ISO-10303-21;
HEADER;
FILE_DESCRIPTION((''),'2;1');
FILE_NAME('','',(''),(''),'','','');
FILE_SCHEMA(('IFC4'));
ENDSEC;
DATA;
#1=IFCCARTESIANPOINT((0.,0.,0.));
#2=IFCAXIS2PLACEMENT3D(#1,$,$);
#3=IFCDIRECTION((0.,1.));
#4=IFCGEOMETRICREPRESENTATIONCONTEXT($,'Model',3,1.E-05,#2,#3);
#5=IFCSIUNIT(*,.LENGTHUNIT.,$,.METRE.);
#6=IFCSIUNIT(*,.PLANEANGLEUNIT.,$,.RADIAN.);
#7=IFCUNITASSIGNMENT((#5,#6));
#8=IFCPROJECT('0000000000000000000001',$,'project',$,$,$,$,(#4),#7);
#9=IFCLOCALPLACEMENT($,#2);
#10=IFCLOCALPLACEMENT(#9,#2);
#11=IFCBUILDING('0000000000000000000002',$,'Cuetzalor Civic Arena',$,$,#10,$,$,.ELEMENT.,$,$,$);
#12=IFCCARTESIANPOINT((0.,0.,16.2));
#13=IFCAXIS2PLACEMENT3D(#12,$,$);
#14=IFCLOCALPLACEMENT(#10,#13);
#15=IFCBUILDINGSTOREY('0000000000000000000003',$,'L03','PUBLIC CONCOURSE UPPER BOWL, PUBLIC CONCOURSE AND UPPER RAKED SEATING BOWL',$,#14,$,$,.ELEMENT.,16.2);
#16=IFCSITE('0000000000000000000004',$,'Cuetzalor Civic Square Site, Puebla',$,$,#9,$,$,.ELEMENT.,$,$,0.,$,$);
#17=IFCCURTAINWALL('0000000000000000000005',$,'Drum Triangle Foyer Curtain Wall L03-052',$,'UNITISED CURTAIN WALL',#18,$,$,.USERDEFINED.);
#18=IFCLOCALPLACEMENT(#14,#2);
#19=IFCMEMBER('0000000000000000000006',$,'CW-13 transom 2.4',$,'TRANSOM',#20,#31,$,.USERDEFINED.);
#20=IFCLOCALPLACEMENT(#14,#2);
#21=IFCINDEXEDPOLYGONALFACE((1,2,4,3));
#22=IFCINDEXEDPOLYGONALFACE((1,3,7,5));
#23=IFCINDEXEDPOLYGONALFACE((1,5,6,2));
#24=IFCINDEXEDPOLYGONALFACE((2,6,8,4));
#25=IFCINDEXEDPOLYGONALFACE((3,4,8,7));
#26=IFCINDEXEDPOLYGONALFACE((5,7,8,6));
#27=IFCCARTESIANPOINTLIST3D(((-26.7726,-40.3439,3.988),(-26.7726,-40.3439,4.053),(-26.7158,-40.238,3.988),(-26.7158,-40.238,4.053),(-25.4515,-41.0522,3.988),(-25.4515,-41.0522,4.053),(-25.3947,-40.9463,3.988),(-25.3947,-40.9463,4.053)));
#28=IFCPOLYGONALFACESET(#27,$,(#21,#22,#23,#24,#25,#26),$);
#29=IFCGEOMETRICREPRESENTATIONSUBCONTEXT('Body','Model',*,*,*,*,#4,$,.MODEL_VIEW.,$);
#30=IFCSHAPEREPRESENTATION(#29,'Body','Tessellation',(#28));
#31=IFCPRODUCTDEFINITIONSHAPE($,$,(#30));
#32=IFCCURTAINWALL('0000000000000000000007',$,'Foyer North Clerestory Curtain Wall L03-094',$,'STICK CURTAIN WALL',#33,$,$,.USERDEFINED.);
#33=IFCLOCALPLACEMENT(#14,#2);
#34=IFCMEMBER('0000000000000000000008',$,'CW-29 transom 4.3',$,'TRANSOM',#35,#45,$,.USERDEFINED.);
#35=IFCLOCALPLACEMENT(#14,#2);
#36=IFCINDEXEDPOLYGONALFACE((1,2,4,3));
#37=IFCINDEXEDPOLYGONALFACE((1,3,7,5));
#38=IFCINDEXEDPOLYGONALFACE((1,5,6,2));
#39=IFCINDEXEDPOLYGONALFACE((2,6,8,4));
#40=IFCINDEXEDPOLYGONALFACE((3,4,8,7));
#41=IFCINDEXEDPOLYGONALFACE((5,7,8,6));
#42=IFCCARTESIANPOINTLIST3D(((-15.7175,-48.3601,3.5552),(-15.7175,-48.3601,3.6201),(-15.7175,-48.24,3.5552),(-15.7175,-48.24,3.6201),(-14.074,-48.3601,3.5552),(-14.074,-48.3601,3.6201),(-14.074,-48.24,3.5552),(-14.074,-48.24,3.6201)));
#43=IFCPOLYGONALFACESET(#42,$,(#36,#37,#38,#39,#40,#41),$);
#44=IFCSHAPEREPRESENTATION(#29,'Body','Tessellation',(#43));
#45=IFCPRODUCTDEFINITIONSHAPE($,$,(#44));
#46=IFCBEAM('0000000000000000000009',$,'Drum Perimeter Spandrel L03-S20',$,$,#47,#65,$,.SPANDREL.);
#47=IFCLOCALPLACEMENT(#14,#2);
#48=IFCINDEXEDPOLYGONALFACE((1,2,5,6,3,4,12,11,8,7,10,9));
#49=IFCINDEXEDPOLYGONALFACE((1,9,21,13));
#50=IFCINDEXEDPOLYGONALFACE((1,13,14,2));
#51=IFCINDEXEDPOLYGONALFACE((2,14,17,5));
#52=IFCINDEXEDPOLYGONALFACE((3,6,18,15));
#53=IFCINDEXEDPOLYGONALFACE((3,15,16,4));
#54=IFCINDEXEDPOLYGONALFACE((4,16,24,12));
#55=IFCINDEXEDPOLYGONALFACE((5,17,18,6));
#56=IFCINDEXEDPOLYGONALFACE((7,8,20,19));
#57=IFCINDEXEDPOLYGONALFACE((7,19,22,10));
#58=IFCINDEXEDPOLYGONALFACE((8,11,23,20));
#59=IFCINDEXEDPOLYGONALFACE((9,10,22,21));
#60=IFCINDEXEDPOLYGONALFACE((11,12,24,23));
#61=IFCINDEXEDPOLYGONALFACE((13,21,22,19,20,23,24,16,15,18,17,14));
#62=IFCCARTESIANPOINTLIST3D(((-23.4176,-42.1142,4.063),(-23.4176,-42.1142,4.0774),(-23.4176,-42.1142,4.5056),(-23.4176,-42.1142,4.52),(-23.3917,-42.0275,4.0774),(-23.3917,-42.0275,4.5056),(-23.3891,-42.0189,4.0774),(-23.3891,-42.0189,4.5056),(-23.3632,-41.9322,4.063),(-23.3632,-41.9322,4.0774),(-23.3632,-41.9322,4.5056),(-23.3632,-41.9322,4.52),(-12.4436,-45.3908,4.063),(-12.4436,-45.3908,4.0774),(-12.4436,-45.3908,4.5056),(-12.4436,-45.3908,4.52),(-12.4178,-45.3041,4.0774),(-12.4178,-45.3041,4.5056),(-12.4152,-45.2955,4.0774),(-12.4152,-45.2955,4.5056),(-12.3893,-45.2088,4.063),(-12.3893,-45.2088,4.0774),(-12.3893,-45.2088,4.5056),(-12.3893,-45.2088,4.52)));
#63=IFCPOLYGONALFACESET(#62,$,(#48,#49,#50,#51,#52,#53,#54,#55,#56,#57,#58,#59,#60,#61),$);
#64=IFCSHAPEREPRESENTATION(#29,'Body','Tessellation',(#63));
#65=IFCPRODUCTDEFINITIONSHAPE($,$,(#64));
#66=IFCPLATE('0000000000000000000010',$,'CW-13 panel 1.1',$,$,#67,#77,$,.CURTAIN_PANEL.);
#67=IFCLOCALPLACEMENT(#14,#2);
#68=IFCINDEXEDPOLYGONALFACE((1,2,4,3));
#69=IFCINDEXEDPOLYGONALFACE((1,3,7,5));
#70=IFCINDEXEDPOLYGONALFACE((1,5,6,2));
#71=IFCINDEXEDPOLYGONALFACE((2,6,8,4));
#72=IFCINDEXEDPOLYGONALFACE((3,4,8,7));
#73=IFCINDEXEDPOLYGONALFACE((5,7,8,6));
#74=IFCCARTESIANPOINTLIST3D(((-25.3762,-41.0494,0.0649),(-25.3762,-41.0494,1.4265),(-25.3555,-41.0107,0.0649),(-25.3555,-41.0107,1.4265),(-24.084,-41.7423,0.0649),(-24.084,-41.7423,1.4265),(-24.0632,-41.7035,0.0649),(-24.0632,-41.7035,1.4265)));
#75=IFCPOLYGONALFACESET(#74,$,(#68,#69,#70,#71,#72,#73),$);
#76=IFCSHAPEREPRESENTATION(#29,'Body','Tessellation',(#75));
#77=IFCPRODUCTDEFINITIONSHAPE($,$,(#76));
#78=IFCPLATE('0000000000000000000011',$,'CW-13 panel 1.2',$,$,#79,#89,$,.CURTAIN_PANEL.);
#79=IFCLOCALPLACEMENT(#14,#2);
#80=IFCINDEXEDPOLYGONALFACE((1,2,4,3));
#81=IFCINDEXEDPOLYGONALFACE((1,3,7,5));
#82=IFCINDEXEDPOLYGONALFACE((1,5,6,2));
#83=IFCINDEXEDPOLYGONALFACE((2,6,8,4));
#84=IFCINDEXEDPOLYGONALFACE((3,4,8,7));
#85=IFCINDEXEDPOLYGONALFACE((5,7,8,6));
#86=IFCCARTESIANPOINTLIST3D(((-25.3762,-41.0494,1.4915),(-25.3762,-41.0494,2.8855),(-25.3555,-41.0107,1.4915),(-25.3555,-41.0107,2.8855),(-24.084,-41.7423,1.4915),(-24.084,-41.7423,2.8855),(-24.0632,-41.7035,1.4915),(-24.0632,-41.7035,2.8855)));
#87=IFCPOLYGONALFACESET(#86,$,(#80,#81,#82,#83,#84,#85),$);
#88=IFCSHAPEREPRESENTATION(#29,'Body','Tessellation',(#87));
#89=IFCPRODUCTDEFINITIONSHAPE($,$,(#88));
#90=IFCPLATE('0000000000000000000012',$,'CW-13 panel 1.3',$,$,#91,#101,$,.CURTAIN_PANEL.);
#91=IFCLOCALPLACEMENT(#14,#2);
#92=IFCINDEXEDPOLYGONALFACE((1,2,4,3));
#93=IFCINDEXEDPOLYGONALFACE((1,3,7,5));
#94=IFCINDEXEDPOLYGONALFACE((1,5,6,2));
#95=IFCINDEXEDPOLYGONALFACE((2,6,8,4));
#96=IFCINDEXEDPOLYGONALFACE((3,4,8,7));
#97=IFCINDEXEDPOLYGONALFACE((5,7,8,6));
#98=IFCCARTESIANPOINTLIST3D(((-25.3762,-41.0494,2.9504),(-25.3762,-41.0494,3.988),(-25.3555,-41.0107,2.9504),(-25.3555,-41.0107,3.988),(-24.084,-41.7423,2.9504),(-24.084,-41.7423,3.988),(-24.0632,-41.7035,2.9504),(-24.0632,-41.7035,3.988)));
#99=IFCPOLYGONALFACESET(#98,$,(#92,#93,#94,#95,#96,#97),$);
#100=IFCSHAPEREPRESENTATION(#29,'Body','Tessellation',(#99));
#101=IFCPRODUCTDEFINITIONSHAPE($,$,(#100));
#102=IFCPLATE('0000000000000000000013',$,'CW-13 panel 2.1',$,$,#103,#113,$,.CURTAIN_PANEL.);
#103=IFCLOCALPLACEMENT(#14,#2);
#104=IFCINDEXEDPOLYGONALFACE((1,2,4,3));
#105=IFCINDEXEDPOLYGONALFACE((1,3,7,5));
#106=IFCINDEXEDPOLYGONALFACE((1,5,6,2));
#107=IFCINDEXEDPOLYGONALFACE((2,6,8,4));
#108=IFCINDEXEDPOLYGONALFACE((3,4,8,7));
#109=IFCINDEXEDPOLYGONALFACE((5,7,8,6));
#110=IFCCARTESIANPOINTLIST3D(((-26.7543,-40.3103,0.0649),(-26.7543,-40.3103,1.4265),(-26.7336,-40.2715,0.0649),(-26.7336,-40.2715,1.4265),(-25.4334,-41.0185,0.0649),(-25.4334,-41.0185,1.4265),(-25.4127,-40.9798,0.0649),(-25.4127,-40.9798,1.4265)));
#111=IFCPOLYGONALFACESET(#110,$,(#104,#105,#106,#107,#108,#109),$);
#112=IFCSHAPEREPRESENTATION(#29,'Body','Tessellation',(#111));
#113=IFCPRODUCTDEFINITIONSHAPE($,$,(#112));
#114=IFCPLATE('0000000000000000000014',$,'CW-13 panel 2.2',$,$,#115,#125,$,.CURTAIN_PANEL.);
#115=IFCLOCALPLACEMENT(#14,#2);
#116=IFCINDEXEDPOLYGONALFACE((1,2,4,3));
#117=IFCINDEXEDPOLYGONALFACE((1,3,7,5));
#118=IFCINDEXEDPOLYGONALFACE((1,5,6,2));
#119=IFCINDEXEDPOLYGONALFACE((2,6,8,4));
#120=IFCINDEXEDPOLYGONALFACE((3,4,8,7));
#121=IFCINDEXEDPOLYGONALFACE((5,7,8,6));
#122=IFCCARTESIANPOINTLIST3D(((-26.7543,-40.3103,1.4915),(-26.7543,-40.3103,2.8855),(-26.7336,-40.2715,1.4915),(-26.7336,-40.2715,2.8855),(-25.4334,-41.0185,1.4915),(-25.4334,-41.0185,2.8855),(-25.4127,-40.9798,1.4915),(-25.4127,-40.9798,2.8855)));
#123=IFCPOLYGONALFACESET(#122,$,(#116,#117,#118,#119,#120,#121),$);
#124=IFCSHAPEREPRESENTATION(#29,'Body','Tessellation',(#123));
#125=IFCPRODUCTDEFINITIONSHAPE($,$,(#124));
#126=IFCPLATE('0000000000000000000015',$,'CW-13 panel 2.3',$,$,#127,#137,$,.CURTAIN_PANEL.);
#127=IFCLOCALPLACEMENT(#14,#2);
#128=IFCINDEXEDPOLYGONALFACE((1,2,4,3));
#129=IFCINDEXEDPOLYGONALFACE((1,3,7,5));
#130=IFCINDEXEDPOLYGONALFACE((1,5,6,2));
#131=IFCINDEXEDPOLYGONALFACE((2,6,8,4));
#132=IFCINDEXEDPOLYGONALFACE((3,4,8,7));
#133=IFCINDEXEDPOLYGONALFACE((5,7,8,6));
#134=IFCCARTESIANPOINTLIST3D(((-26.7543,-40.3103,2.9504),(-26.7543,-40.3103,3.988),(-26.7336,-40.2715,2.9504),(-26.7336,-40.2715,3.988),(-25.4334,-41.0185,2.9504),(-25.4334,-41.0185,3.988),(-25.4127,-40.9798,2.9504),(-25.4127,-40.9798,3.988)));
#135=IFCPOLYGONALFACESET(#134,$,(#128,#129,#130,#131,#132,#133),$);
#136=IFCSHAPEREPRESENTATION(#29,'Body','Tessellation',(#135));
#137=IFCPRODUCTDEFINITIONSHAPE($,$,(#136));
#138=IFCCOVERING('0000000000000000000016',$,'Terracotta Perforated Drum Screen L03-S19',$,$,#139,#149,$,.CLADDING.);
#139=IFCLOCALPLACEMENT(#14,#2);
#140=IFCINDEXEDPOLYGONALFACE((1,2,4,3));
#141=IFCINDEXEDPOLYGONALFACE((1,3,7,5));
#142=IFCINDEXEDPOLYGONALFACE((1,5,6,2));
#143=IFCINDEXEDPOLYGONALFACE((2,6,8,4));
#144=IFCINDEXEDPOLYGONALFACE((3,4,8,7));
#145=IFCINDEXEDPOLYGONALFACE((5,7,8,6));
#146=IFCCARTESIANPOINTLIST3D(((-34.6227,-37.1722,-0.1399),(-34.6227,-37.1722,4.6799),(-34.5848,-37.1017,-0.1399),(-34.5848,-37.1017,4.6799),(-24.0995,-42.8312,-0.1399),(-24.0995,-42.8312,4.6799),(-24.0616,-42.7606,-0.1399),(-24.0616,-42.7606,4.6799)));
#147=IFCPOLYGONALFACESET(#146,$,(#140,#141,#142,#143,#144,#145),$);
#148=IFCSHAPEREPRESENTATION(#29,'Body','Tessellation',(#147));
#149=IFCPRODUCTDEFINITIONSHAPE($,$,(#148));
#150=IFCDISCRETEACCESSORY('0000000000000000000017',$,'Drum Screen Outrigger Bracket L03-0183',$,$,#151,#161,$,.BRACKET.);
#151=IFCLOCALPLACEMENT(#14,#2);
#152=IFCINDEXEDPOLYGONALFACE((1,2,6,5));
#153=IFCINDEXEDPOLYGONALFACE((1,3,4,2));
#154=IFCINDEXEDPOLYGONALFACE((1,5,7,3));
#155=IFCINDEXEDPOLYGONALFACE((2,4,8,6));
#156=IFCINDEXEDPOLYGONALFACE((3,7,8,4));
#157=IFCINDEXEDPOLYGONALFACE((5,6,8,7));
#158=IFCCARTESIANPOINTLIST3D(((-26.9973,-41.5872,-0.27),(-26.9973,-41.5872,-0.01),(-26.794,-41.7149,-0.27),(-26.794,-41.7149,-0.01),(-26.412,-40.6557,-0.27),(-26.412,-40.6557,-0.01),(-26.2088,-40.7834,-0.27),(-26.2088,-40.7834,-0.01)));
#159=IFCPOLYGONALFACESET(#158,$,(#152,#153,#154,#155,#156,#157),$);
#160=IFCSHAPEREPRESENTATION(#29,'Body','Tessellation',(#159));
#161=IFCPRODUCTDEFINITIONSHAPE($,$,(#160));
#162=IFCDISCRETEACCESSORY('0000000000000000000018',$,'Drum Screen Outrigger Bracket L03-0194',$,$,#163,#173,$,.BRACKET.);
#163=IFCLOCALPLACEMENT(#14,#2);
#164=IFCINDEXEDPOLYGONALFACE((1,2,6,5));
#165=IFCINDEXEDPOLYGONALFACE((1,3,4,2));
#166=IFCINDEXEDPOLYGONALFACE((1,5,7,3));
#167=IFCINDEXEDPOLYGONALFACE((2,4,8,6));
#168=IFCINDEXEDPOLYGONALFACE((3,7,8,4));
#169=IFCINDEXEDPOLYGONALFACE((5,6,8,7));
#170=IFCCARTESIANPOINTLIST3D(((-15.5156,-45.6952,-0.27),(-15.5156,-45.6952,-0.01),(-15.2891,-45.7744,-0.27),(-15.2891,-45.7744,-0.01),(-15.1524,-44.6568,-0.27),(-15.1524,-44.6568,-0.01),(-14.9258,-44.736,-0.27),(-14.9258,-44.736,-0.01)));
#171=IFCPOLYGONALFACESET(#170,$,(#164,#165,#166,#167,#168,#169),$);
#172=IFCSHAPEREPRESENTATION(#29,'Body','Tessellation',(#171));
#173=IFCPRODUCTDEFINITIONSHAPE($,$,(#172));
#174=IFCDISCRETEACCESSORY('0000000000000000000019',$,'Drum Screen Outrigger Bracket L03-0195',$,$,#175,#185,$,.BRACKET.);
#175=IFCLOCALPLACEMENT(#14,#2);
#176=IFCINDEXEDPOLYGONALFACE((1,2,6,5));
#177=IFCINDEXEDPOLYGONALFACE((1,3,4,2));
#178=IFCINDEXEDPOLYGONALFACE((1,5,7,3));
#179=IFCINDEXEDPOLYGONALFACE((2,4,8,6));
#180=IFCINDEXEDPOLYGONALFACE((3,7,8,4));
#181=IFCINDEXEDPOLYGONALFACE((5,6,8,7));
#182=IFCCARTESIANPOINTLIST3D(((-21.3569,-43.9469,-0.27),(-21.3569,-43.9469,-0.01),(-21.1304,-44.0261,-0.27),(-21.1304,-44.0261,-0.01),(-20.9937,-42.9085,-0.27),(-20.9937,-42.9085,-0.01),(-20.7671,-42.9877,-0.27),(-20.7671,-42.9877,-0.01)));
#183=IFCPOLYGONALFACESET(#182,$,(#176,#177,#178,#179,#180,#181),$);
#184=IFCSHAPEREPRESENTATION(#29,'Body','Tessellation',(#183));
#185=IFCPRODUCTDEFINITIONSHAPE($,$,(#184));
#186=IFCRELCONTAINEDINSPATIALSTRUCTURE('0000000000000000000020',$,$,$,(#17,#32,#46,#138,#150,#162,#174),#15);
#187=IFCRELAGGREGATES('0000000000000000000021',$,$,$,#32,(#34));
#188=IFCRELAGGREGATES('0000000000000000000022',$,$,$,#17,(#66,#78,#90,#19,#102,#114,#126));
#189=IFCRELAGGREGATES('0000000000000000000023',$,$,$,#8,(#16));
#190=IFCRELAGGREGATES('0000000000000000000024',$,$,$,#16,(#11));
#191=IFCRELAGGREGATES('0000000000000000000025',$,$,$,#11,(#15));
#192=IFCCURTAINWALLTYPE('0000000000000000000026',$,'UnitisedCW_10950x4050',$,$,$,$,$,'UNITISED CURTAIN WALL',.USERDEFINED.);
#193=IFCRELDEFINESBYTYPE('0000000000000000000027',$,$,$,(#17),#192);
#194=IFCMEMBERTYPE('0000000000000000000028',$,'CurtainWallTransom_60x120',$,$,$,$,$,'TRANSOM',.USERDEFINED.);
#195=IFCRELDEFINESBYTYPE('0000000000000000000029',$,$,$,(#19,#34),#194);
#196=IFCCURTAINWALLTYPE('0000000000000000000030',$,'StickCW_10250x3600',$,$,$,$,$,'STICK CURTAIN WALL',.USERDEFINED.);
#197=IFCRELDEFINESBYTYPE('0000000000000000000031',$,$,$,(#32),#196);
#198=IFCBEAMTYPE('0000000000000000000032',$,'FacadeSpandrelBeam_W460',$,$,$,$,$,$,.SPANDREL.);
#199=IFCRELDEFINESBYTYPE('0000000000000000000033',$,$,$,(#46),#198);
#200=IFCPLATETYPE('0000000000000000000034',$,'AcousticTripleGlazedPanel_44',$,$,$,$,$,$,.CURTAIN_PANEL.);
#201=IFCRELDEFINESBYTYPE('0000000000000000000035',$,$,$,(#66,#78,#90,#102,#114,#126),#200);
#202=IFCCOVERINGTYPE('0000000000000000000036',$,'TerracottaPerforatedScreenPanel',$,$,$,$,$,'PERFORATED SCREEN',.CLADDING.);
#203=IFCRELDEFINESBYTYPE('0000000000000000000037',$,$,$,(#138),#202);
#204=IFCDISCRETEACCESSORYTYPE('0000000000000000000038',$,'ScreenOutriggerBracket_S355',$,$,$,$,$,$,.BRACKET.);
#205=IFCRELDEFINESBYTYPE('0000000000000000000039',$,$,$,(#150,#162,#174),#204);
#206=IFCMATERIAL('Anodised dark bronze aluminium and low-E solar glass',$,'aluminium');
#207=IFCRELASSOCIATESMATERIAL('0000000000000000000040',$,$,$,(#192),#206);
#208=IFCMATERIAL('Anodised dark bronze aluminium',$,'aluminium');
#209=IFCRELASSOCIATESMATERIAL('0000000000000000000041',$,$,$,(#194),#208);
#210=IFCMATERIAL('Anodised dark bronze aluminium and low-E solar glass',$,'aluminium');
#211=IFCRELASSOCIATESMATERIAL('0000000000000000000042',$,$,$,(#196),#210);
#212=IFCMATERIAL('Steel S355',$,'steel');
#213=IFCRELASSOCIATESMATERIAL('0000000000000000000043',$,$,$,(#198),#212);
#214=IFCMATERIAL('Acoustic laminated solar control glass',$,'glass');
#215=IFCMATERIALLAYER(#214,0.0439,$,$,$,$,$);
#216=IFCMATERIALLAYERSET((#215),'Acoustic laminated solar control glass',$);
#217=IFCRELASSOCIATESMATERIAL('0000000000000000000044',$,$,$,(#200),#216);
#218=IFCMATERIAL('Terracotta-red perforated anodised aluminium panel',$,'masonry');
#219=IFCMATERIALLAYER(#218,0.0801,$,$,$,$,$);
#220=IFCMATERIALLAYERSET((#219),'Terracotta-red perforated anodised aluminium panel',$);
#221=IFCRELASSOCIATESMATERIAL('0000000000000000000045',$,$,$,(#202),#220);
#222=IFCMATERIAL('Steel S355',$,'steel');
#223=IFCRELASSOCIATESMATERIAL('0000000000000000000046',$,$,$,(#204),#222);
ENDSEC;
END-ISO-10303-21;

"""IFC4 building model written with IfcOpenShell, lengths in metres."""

from ifc_helpers import new_model, si_unit, direction, frame, frame_2d, origin, origin_2d, place, context, subcontext, project, spatial, rectangle, i_section, extrude, material, layer, layer_set, material_profile, profile_set, type_object, element, aggregate, save


model = new_model("IFC4")

# Units and contexts
model_context = context("Model", 3, precision=1e-05, world=origin(), true_north=direction((0.0, 1.0)))
body_context = subcontext(model_context, "Body", "Model", "MODEL_VIEW")
ifc_project = project(units=[si_unit("LENGTHUNIT", "METRE"), si_unit("PLANEANGLEUNIT", "RADIAN")], contexts=[model_context])

# Site, building, storey
site_placement = place(None, origin())
site = spatial("IfcSite", under=ifc_project, at=site_placement, Name="Cuetzalor Civic Square Site, Puebla", CompositionType="ELEMENT", RefElevation=0.0)
building_placement = place(site_placement, origin())
building = spatial("IfcBuilding", under=site, at=building_placement, Name="Cuetzalor Civic Arena", CompositionType="ELEMENT")
storey_placement = place(building_placement, frame((0.0, 0.0, 16.2)))
storey = spatial("IfcBuildingStorey", under=building, at=storey_placement, Name="L03", Description="PUBLIC CONCOURSE UPPER BOWL, PUBLIC CONCOURSE AND UPPER RAKED SEATING BOWL", CompositionType="ELEMENT", Elevation=16.2)

# Curtain wall, member
ifc_material_1 = material(Name="Anodised dark bronze aluminium and low-E solar glass", Category="aluminium")
curtain_wall_type_1 = type_object("IfcCurtainWallType", Name="UnitisedCW_10950x4050", ElementType="UNITISED CURTAIN WALL", PredefinedType="USERDEFINED", material=ifc_material_1)
curtain_wall_1_placement = place(storey_placement, origin())
curtain_wall_1 = element("IfcCurtainWall", 1, at=curtain_wall_1_placement, inside=storey, type_object=curtain_wall_type_1, Name="Drum Triangle Foyer Curtain Wall L03-052", ObjectType="UNITISED CURTAIN WALL", PredefinedType="USERDEFINED")
ifc_material_2 = material(Name="Anodised dark bronze aluminium", Category="aluminium")
ifc_material_profile_1 = material_profile(ifc_material_2, rectangle(XDim=0.1201, YDim=0.0649, at=origin_2d()), Name="ALU TRANSOM 65x120")
ifc_profile_set_1 = profile_set([ifc_material_profile_1], Name="Anodised dark bronze aluminium")
member_type_1 = type_object("IfcMemberType", Name="CurtainWallTransom_60x120", ElementType="TRANSOM", PredefinedType="USERDEFINED", material=ifc_profile_set_1)
member_1_placement = place(storey_placement, frame((-25.4231, -40.9993, 4.0205), z_axis=(-0.881327, 0.472506, 0.0), x_axis=(-0.472506, -0.881327, 0.0)))
member_1 = element("IfcMember", 2, at=member_1_placement, type_object=member_type_1, Name="CW-13 transom 2.4", ObjectType="TRANSOM", PredefinedType="USERDEFINED", context=body_context, shape_type="SweptSolid", body=[
    extrude(rectangle(XDim=0.1201, YDim=0.0649, at=origin_2d()), origin(), (0.0, 0.0, 1.0), 1.499),
])

# Curtain wall, member
ifc_material_3 = material(Name="Anodised dark bronze aluminium and low-E solar glass", Category="aluminium")
curtain_wall_type_2 = type_object("IfcCurtainWallType", Name="StickCW_10250x3600", ElementType="STICK CURTAIN WALL", PredefinedType="USERDEFINED", material=ifc_material_3)
curtain_wall_2_placement = place(storey_placement, origin())
curtain_wall_2 = element("IfcCurtainWall", 3, at=curtain_wall_2_placement, inside=storey, type_object=curtain_wall_type_2, Name="Foyer North Clerestory Curtain Wall L03-094", ObjectType="STICK CURTAIN WALL", PredefinedType="USERDEFINED")
member_2_placement = place(storey_placement, frame((-15.7175, -48.3, 3.5876), z_axis=(1.0, 0.0, 0.0), x_axis=(0.0, 1.0, 0.0)))
member_2 = element("IfcMember", 4, at=member_2_placement, type_object=member_type_1, Name="CW-29 transom 4.3", ObjectType="TRANSOM", PredefinedType="USERDEFINED", context=body_context, shape_type="SweptSolid", body=[
    extrude(rectangle(XDim=0.1201, YDim=0.0649, at=origin_2d()), origin(), (0.0, 0.0, 1.0), 1.6436),
])
aggregate(curtain_wall_2, [member_2])

# Beam
ifc_material_4 = material(Name="Steel S355", Category="steel")
ifc_material_profile_2 = material_profile(ifc_material_4, i_section(OverallWidth=0.1899, OverallDepth=0.457, WebThickness=0.009, FlangeThickness=0.0144, at=origin_2d()), Name="W460x74")
ifc_profile_set_2 = profile_set([ifc_material_profile_2], Name="Steel S355")
beam_type = type_object("IfcBeamType", Name="FacadeSpandrelBeam_W460", PredefinedType="SPANDREL", material=ifc_profile_set_2)
beam_placement = place(storey_placement, frame((-23.3904, -42.0232, 4.2915), z_axis=(0.958199, -0.286102, 0.0), x_axis=(0.286102, 0.958199, 0.0)))
element("IfcBeam", 5, at=beam_placement, inside=storey, type_object=beam_type, Name="Drum Perimeter Spandrel L03-S20", PredefinedType="SPANDREL", context=body_context, shape_type="SweptSolid", body=[
    extrude(i_section(OverallWidth=0.1899, OverallDepth=0.457, WebThickness=0.009, FlangeThickness=0.0144, at=origin_2d()), origin(), (0.0, 0.0, 1.0), 11.4526),
])

# Plates
ifc_material_5 = material(Name="Acoustic laminated solar control glass", Category="glass")
ifc_layer_1 = layer(ifc_material_5, 0.0439)
ifc_layer_set_1 = layer_set([ifc_layer_1], Name="Acoustic laminated solar control glass")
plate_type = type_object("IfcPlateType", Name="AcousticTripleGlazedPanel_44", PredefinedType="CURTAIN_PANEL", material=ifc_layer_set_1)
plate_1_placement = place(storey_placement, frame((-24.7197, -41.3765, 0.0649), z_axis=(0.0, 0.0, 1.0), x_axis=(-0.881306, 0.472545, 0.0)))
plate_1 = element("IfcPlate", 6, at=plate_1_placement, type_object=plate_type, Name="CW-13 panel 1.1", PredefinedType="CURTAIN_PANEL", context=body_context, shape_type="SweptSolid", body=[
    extrude(rectangle(XDim=1.4663, YDim=0.0439, at=origin_2d()), origin(), (0.0, 0.0, 1.0), 1.3616),
])
plate_2_placement = place(storey_placement, frame((-24.7197, -41.3765, 1.4915), z_axis=(0.0, 0.0, 1.0), x_axis=(-0.881306, 0.472545, 0.0)))
plate_2 = element("IfcPlate", 7, at=plate_2_placement, type_object=plate_type, Name="CW-13 panel 1.2", PredefinedType="CURTAIN_PANEL", context=body_context, shape_type="SweptSolid", body=[
    extrude(rectangle(XDim=1.4663, YDim=0.0439, at=origin_2d()), origin(), (0.0, 0.0, 1.0), 1.394),
])
plate_3_placement = place(storey_placement, frame((-24.7197, -41.3765, 2.9504), z_axis=(0.0, 0.0, 1.0), x_axis=(-0.881306, 0.472545, 0.0)))
plate_3 = element("IfcPlate", 8, at=plate_3_placement, type_object=plate_type, Name="CW-13 panel 1.3", PredefinedType="CURTAIN_PANEL", context=body_context, shape_type="SweptSolid", body=[
    extrude(rectangle(XDim=1.4663, YDim=0.0439, at=origin_2d()), origin(), (0.0, 0.0, 1.0), 1.0376),
])
plate_4_placement = place(storey_placement, frame((-26.0835, -40.645, 0.0649), z_axis=(0.0, 0.0, 1.0), x_axis=(-0.881306, 0.472545, 0.0)))
plate_4 = element("IfcPlate", 9, at=plate_4_placement, type_object=plate_type, Name="CW-13 panel 2.1", PredefinedType="CURTAIN_PANEL", context=body_context, shape_type="SweptSolid", body=[
    extrude(rectangle(XDim=1.4988, YDim=0.0439, at=origin_2d()), origin(), (0.0, 0.0, 1.0), 1.3616),
])
plate_5_placement = place(storey_placement, frame((-26.0835, -40.645, 1.4915), z_axis=(0.0, 0.0, 1.0), x_axis=(-0.881306, 0.472545, 0.0)))
plate_5 = element("IfcPlate", 10, at=plate_5_placement, type_object=plate_type, Name="CW-13 panel 2.2", PredefinedType="CURTAIN_PANEL", context=body_context, shape_type="SweptSolid", body=[
    extrude(rectangle(XDim=1.4988, YDim=0.0439, at=origin_2d()), origin(), (0.0, 0.0, 1.0), 1.394),
])
plate_6_placement = place(storey_placement, frame((-26.0835, -40.645, 2.9504), z_axis=(0.0, 0.0, 1.0), x_axis=(-0.881306, 0.472545, 0.0)))
plate_6 = element("IfcPlate", 11, at=plate_6_placement, type_object=plate_type, Name="CW-13 panel 2.3", PredefinedType="CURTAIN_PANEL", context=body_context, shape_type="SweptSolid", body=[
    extrude(rectangle(XDim=1.4988, YDim=0.0439, at=origin_2d()), origin(), (0.0, 0.0, 1.0), 1.0376),
])
aggregate(curtain_wall_1, [plate_1, plate_2, plate_3, member_1, plate_4, plate_5, plate_6])

# Covering
ifc_material_6 = material(Name="Terracotta-red perforated anodised aluminium panel", Category="masonry")
ifc_layer_2 = layer(ifc_material_6, 0.0801)
ifc_layer_set_2 = layer_set([ifc_layer_2], Name="Terracotta-red perforated anodised aluminium panel")
covering_type = type_object("IfcCoveringType", Name="TerracottaPerforatedScreenPanel", ElementType="PERFORATED SCREEN", PredefinedType="CLADDING", material=ifc_layer_set_2)
covering_placement = place(storey_placement, frame((-24.0806, -42.7959, -0.1399), z_axis=(0.0, 0.0, 1.0), x_axis=(-0.880729, 0.47362, 0.0)))
element("IfcCovering", 12, at=covering_placement, inside=storey, type_object=covering_type, Name="Terracotta Perforated Drum Screen L03-S19", PredefinedType="CLADDING", context=body_context, shape_type="SweptSolid", body=[
    extrude(rectangle(XDim=11.9482, YDim=0.0801, at=frame_2d((5.9741, 0.0))), origin(), (0.0, 0.0, 1.0), 4.8198),
])

# Discrete accessories
ifc_material_7 = material(Name="Steel S355", Category="steel")
discrete_accessory_type = type_object("IfcDiscreteAccessoryType", Name="ScreenOutriggerBracket_S355", PredefinedType="BRACKET", material=ifc_material_7)
for number, where, z_axis, x_axis, name in (
    (13, (-26.603, -41.1853, -0.27), (0.0, 0.0, 1.0), (-0.53199, -0.846751, 0.0), "Drum Screen Outrigger Bracket L03-0183"),
    (14, (-15.2207, -45.2156, -0.27), (0.0, 0.0, 1.0), (-0.330185, -0.943916, 0.0), "Drum Screen Outrigger Bracket L03-0194"),
    (15, (-21.062, -43.4673, -0.27), (0.0, 0.0, 1.0), (-0.330185, -0.943916, 0.0), "Drum Screen Outrigger Bracket L03-0195"),
):
    element("IfcDiscreteAccessory", number, at=place(storey_placement, frame(where, z_axis=z_axis, x_axis=x_axis)), inside=storey, type_object=discrete_accessory_type, Name=name, PredefinedType="BRACKET", context=body_context, shape_type="SweptSolid", body=[
        extrude(rectangle(XDim=1.1001, YDim=0.24, at=origin_2d()), origin(), (0.0, 0.0, 1.0), 0.26),
    ])

save(model, "model.ifc")
